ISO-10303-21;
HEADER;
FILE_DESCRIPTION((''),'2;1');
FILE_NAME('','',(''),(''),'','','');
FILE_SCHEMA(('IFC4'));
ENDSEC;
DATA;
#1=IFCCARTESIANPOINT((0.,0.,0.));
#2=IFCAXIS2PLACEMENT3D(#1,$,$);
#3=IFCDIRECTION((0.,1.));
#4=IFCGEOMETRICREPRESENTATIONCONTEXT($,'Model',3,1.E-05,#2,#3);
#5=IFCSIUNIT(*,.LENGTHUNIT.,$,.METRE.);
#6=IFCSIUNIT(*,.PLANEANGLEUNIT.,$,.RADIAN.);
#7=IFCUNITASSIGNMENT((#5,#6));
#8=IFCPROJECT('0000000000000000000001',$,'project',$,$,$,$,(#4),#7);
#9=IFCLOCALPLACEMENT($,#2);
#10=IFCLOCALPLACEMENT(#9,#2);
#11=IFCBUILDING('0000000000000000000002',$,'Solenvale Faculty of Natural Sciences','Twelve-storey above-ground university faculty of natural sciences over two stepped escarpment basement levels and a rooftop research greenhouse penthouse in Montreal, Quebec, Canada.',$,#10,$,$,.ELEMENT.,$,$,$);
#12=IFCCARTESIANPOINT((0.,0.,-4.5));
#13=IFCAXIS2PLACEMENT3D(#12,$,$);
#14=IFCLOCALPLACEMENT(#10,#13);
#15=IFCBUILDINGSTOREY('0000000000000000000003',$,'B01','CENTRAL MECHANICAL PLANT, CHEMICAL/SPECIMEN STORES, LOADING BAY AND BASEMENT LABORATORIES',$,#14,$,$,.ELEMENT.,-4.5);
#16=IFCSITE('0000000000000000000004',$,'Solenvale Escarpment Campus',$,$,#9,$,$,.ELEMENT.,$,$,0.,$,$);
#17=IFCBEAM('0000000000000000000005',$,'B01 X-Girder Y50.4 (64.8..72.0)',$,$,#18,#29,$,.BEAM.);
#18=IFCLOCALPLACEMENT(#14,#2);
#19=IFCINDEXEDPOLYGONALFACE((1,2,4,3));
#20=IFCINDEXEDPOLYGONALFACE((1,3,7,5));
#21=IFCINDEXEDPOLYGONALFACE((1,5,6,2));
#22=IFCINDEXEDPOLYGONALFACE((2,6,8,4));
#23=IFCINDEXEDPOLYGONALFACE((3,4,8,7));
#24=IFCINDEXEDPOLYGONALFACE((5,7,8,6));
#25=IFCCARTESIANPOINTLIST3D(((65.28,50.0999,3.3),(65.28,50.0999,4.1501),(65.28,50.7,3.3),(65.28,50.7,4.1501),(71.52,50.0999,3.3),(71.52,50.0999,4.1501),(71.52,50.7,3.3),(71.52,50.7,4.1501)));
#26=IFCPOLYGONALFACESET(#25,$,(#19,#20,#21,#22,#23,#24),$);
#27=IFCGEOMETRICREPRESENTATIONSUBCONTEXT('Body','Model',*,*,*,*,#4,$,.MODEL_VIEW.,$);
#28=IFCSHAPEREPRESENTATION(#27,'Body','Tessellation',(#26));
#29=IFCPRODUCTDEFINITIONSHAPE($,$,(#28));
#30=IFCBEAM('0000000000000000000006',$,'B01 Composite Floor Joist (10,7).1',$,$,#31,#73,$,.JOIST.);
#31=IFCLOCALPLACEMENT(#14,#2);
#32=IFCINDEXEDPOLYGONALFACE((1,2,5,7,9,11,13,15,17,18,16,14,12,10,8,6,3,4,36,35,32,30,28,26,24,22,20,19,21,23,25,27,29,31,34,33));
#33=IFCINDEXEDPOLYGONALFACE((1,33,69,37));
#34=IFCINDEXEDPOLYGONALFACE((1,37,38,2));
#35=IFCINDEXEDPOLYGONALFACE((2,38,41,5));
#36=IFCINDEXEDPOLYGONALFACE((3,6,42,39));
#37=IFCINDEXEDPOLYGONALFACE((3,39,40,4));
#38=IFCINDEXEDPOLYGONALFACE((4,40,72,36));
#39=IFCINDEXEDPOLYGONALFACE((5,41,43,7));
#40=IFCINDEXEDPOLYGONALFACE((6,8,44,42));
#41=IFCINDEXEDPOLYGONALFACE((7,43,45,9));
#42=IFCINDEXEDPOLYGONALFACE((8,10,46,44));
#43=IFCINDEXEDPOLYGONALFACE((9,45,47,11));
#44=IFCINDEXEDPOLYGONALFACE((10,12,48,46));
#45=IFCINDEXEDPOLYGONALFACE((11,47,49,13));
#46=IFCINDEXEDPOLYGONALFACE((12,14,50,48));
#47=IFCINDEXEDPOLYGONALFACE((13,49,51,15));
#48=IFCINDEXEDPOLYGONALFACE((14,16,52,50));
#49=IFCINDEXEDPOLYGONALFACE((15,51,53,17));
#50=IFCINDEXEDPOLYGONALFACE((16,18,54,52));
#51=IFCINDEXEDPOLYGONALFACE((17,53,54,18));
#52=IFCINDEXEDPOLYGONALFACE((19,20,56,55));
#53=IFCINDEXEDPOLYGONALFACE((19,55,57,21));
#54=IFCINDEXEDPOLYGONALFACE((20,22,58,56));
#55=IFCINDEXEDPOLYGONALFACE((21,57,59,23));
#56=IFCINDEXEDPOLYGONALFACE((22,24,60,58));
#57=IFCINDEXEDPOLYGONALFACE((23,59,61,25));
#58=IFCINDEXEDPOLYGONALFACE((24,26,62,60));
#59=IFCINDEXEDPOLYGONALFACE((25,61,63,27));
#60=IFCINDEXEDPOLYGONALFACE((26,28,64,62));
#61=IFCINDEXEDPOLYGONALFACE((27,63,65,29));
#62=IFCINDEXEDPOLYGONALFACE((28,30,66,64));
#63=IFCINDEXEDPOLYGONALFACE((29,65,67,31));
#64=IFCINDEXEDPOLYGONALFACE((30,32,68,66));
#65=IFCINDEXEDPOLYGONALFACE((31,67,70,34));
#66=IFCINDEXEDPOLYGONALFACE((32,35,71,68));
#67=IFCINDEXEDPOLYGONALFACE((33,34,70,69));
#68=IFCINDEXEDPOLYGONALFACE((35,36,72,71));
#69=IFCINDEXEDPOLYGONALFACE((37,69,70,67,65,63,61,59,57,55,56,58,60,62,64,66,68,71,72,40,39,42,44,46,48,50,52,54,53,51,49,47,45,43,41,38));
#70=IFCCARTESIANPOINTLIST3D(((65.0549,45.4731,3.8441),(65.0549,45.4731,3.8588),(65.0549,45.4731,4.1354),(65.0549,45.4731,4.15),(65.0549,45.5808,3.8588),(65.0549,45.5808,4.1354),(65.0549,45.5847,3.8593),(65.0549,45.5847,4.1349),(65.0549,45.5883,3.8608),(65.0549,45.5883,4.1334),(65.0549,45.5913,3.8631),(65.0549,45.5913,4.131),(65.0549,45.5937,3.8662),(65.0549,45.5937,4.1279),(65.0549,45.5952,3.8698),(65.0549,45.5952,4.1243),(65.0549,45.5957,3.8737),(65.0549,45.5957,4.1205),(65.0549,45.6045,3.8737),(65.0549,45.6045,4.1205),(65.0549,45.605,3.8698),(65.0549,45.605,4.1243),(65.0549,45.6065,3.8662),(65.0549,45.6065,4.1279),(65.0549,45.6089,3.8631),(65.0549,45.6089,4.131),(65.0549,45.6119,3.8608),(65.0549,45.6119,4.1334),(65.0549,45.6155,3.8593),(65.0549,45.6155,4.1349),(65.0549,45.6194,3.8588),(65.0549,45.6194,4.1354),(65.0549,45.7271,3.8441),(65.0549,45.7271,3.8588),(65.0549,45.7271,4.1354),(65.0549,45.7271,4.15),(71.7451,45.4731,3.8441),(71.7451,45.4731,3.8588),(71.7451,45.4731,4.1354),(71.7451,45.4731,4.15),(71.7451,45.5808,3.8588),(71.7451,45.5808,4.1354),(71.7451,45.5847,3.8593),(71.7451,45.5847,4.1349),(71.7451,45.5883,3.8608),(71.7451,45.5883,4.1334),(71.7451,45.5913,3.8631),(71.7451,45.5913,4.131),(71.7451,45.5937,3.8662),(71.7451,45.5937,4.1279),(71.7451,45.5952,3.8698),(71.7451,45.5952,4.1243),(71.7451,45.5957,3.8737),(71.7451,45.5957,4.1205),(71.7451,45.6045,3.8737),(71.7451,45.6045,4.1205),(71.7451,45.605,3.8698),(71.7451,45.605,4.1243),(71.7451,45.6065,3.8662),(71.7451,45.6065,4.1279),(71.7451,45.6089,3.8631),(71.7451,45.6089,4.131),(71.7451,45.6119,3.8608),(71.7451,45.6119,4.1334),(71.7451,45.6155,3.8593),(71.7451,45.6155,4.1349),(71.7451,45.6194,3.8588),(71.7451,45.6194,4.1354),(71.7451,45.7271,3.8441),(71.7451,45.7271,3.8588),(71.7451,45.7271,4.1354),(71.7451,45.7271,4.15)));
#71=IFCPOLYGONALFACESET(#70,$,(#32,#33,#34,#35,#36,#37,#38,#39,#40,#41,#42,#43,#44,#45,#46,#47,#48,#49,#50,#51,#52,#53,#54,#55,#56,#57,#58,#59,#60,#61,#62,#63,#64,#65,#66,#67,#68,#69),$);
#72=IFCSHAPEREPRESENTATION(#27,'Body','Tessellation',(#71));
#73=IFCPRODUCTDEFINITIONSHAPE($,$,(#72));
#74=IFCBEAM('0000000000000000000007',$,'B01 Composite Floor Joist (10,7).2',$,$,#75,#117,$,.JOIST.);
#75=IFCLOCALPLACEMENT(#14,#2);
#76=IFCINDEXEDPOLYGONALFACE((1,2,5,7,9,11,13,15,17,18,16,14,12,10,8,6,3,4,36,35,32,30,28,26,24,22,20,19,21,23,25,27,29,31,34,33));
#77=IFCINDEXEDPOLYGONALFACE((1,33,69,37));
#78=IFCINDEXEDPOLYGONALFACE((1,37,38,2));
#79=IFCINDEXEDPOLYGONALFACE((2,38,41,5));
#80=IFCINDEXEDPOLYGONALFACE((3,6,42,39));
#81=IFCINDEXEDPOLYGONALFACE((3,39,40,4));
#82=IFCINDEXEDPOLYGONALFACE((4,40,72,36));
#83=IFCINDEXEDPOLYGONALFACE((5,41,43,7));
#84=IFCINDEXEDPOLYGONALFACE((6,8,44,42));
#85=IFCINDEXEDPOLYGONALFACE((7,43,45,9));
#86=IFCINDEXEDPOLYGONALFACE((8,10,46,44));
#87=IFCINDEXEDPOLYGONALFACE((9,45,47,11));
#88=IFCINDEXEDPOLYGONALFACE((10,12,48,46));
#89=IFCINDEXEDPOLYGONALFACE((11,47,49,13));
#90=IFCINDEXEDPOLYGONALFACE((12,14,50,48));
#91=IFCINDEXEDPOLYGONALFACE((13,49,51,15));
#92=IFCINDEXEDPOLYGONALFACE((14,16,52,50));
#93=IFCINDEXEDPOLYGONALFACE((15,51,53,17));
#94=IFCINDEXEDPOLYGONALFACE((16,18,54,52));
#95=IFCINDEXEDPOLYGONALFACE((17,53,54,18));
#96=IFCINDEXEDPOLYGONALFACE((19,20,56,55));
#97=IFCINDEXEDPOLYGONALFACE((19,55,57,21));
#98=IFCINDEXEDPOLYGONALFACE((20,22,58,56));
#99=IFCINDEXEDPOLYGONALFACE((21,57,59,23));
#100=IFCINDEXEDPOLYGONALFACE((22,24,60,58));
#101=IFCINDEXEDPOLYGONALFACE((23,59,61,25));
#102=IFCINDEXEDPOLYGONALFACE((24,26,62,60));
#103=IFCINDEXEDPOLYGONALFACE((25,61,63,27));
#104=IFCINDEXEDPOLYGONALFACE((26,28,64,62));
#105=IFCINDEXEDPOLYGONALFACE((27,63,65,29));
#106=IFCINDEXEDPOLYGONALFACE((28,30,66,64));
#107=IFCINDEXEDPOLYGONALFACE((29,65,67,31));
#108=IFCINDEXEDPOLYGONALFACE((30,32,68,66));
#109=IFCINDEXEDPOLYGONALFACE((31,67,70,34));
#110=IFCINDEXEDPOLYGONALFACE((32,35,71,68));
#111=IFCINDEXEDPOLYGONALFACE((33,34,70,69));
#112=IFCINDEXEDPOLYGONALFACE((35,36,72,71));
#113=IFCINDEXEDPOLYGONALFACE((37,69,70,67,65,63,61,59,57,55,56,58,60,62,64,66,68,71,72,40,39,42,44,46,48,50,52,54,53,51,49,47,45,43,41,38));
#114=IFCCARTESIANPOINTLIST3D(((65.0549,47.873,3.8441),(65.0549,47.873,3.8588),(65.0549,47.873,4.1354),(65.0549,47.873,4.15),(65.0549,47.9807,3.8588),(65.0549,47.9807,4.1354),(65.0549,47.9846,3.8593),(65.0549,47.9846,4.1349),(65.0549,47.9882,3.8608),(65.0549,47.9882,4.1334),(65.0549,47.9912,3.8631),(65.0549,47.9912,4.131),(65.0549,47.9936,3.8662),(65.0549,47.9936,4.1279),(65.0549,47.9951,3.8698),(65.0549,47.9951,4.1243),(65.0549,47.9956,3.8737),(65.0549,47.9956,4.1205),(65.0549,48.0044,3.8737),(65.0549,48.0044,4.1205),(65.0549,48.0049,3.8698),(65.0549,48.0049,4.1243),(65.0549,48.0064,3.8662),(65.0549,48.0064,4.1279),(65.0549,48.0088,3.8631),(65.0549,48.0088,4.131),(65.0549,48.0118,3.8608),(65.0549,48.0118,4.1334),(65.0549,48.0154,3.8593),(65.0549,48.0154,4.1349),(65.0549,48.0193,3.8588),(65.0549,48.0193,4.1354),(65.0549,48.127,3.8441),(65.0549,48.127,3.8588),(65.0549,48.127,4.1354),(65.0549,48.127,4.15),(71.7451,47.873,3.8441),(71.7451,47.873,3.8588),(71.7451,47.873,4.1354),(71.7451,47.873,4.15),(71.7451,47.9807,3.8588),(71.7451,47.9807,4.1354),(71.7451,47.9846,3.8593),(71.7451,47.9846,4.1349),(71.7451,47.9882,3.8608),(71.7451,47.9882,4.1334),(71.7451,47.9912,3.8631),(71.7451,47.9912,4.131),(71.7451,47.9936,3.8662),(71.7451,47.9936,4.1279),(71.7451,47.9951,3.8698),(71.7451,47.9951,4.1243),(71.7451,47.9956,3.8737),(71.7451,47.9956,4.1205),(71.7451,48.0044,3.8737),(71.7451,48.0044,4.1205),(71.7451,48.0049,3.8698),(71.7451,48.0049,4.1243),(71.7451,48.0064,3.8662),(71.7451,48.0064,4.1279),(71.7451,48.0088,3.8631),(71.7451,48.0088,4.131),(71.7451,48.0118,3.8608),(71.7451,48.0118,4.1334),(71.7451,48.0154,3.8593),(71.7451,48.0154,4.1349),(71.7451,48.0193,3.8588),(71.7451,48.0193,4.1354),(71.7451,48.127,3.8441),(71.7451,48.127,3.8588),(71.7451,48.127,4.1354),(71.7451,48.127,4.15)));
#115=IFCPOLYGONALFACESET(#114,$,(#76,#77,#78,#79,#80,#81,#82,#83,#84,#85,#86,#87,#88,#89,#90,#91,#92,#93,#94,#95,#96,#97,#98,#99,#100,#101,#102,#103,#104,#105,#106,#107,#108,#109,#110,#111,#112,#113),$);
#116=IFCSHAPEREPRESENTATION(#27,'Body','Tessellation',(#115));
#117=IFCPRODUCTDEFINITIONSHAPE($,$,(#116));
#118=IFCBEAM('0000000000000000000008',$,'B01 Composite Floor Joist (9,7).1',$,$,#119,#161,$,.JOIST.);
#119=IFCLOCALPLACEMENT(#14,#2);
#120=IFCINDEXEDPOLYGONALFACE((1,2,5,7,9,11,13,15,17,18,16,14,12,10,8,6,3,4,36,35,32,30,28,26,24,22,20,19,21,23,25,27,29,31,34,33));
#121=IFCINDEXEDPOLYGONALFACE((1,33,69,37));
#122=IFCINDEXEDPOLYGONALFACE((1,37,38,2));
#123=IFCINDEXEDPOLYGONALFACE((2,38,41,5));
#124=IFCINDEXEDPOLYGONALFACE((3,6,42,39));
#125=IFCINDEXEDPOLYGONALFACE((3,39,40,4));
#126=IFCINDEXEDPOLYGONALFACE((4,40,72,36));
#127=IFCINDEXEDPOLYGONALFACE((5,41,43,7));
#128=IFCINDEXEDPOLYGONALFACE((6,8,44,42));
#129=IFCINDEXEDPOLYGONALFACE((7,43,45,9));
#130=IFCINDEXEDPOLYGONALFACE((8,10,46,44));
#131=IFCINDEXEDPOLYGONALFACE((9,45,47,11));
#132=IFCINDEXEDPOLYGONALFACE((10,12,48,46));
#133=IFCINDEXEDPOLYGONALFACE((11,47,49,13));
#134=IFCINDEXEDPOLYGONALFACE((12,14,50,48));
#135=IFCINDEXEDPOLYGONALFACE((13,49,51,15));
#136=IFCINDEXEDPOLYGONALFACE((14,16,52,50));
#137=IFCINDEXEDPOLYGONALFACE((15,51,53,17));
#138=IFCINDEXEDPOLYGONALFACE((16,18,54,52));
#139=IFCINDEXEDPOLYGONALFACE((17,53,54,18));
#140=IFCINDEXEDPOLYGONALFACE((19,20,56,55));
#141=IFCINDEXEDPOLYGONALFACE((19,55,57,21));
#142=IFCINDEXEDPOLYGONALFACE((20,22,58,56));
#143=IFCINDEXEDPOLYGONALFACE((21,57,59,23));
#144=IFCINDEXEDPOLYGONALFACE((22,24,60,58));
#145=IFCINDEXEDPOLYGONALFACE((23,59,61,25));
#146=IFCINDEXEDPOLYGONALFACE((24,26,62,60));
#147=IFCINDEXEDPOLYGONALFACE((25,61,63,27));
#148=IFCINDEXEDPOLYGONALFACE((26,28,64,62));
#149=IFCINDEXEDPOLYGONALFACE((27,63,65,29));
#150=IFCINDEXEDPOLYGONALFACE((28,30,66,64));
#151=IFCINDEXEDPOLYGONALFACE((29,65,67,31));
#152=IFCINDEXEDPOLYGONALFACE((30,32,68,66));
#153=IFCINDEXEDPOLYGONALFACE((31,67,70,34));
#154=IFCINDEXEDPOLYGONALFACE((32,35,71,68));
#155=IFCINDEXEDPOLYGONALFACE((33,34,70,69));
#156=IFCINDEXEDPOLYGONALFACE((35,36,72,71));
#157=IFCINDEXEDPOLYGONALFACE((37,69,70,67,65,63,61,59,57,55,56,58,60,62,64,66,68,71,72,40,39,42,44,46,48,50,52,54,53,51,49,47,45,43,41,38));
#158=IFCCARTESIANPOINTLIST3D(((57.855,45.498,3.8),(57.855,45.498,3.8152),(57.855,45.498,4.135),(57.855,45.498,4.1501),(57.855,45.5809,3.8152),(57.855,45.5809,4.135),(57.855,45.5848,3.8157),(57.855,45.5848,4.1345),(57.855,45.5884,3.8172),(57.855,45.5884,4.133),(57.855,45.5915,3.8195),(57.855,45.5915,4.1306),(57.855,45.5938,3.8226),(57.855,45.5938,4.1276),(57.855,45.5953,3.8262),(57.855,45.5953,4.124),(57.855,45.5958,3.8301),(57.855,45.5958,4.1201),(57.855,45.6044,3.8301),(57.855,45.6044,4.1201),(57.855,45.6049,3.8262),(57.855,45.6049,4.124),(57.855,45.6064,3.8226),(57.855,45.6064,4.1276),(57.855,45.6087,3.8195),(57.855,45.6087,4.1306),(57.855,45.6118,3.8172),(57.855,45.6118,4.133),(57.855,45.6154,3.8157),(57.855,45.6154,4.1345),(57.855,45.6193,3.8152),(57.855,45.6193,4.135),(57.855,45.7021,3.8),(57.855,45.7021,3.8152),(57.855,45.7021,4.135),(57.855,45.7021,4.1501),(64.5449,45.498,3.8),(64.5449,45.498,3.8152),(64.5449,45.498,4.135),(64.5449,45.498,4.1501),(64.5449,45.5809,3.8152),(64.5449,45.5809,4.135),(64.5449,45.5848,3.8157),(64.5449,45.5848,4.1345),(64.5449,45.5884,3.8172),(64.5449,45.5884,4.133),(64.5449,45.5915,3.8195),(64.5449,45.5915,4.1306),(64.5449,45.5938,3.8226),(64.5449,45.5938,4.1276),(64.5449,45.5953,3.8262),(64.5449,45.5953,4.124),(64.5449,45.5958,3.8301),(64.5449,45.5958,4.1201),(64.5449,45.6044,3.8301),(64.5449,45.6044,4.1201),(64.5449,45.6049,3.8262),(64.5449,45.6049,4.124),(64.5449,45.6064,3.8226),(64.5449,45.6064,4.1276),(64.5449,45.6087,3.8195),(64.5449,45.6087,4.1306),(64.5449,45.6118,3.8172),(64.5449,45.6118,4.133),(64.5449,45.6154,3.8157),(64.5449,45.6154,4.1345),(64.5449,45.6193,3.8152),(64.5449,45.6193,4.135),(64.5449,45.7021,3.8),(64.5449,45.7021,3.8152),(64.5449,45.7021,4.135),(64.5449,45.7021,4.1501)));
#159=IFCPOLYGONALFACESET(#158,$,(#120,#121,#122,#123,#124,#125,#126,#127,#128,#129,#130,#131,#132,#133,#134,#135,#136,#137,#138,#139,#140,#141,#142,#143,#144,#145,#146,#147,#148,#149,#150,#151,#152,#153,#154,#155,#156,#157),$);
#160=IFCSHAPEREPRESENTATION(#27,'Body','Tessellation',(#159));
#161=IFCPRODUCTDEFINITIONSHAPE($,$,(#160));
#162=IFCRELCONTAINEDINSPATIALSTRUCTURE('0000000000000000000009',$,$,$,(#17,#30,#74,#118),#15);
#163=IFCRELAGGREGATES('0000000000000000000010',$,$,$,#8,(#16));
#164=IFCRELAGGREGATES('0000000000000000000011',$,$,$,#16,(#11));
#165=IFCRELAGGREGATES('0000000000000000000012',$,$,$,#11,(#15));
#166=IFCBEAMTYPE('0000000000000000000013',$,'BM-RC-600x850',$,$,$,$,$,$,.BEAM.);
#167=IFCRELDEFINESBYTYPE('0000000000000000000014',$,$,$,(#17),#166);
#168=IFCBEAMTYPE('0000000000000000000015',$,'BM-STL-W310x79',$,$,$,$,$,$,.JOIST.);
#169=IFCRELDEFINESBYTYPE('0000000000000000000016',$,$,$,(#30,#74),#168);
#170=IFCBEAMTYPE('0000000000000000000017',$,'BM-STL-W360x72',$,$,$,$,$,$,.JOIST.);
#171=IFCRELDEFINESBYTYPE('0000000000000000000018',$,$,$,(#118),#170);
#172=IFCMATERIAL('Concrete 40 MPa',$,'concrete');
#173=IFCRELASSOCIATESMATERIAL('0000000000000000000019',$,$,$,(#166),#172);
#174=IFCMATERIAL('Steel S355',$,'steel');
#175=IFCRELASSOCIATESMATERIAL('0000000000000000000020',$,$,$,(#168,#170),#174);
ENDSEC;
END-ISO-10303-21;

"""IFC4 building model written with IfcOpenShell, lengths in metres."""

from ifc_helpers import new_model, si_unit, direction, frame, origin, origin_2d, place, context, subcontext, project, spatial, rectangle, i_section, extrude, material, material_profile, profile_set, type_object, element, save


model = new_model("IFC4")

# Units and contexts
model_context = context("Model", 3, precision=1e-05, world=origin(), true_north=direction((0.0, 1.0)))
body_context = subcontext(model_context, "Body", "Model", "MODEL_VIEW")
ifc_project = project(units=[si_unit("LENGTHUNIT", "METRE"), si_unit("PLANEANGLEUNIT", "RADIAN")], contexts=[model_context])

# Site, building, storey
site_placement = place(None, origin())
site = spatial("IfcSite", under=ifc_project, at=site_placement, Name="Solenvale Escarpment Campus", CompositionType="ELEMENT", RefElevation=0.0)
building_placement = place(site_placement, origin())
building = spatial("IfcBuilding", under=site, at=building_placement, Name="Solenvale Faculty of Natural Sciences", Description="Twelve-storey above-ground university faculty of natural sciences over two stepped escarpment basement levels and a rooftop research greenhouse penthouse in Montreal, Quebec, Canada.", CompositionType="ELEMENT")
storey_placement = place(building_placement, frame((0.0, 0.0, -4.5)))
storey = spatial("IfcBuildingStorey", under=building, at=storey_placement, Name="B01", Description="CENTRAL MECHANICAL PLANT, CHEMICAL/SPECIMEN STORES, LOADING BAY AND BASEMENT LABORATORIES", CompositionType="ELEMENT", Elevation=-4.5)

# Shared definitions
ifc_material_1 = material(Name="Concrete 40 MPa", Category="concrete")

# Beams
ifc_material_profile_1 = material_profile(ifc_material_1, rectangle(XDim=0.6001, YDim=0.8501, at=origin_2d()), Name="RC-BM-600x850")
ifc_profile_set_1 = profile_set([ifc_material_profile_1], Name="Concrete 40 MPa")
beam_type_1 = type_object("IfcBeamType", Name="BM-RC-600x850", PredefinedType="BEAM", material=ifc_profile_set_1)
for number, where, z_axis, x_axis, name in (
    (1, (65.28, 50.3999, 3.7251), (1.0, 0.0, 0.0), (0.0, 1.0, 0.0), "B01 X-Girder Y50.4 (64.8..72.0)"),
):
    element("IfcBeam", number, at=place(storey_placement, frame(where, z_axis=z_axis, x_axis=x_axis)), inside=storey, type_object=beam_type_1, Name=name, PredefinedType="BEAM", context=body_context, shape_type="SweptSolid", body=[
        extrude(rectangle(XDim=0.6001, YDim=0.8501, at=origin_2d()), origin(), (0.0, 0.0, 1.0), 6.24),
    ])
ifc_material_2 = material(Name="Steel S355", Category="steel")
ifc_material_profile_2 = material_profile(ifc_material_2, i_section(OverallWidth=0.2539, OverallDepth=0.3059, WebThickness=0.0088, FlangeThickness=0.0146, FilletRadius=0.0149, at=origin_2d()), Name="W310x79")
ifc_profile_set_2 = profile_set([ifc_material_profile_2], Name="Steel S355")
beam_type_2 = type_object("IfcBeamType", Name="BM-STL-W310x79", PredefinedType="JOIST", material=ifc_profile_set_2)
for number, where, z_axis, x_axis, name in (
    (2, (65.0549, 45.6001, 3.9971), (1.0, 0.0, 0.0), (0.0, 1.0, 0.0), "B01 Composite Floor Joist (10,7).1"),
    (3, (65.0549, 48.0, 3.9971), (1.0, 0.0, 0.0), (0.0, 1.0, 0.0), "B01 Composite Floor Joist (10,7).2"),
):
    element("IfcBeam", number, at=place(storey_placement, frame(where, z_axis=z_axis, x_axis=x_axis)), inside=storey, type_object=beam_type_2, Name=name, PredefinedType="JOIST", context=body_context, shape_type="SweptSolid", body=[
        extrude(i_section(OverallWidth=0.2539, OverallDepth=0.3059, WebThickness=0.0088, FlangeThickness=0.0146, FilletRadius=0.0149, at=origin_2d()), origin(), (0.0, 0.0, 1.0), 6.6902),
    ])
ifc_material_profile_3 = material_profile(ifc_material_2, i_section(OverallWidth=0.2041, OverallDepth=0.3501, WebThickness=0.0085, FlangeThickness=0.0151, FilletRadius=0.0149, at=origin_2d()), Name="W360x72")
ifc_profile_set_3 = profile_set([ifc_material_profile_3], Name="Steel S355")
beam_type_3 = type_object("IfcBeamType", Name="BM-STL-W360x72", PredefinedType="JOIST", material=ifc_profile_set_3)
for number, where, z_axis, x_axis, name in (
    (4, (57.855, 45.6001, 3.9751), (1.0, 0.0, 0.0), (0.0, 1.0, 0.0), "B01 Composite Floor Joist (9,7).1"),
):
    element("IfcBeam", number, at=place(storey_placement, frame(where, z_axis=z_axis, x_axis=x_axis)), inside=storey, type_object=beam_type_3, Name=name, PredefinedType="JOIST", context=body_context, shape_type="SweptSolid", body=[
        extrude(i_section(OverallWidth=0.2041, OverallDepth=0.3501, WebThickness=0.0085, FlangeThickness=0.0151, FilletRadius=0.0149, at=origin_2d()), origin(), (0.0, 0.0, 1.0), 6.6899),
    ])

save(model, "model.ifc")
